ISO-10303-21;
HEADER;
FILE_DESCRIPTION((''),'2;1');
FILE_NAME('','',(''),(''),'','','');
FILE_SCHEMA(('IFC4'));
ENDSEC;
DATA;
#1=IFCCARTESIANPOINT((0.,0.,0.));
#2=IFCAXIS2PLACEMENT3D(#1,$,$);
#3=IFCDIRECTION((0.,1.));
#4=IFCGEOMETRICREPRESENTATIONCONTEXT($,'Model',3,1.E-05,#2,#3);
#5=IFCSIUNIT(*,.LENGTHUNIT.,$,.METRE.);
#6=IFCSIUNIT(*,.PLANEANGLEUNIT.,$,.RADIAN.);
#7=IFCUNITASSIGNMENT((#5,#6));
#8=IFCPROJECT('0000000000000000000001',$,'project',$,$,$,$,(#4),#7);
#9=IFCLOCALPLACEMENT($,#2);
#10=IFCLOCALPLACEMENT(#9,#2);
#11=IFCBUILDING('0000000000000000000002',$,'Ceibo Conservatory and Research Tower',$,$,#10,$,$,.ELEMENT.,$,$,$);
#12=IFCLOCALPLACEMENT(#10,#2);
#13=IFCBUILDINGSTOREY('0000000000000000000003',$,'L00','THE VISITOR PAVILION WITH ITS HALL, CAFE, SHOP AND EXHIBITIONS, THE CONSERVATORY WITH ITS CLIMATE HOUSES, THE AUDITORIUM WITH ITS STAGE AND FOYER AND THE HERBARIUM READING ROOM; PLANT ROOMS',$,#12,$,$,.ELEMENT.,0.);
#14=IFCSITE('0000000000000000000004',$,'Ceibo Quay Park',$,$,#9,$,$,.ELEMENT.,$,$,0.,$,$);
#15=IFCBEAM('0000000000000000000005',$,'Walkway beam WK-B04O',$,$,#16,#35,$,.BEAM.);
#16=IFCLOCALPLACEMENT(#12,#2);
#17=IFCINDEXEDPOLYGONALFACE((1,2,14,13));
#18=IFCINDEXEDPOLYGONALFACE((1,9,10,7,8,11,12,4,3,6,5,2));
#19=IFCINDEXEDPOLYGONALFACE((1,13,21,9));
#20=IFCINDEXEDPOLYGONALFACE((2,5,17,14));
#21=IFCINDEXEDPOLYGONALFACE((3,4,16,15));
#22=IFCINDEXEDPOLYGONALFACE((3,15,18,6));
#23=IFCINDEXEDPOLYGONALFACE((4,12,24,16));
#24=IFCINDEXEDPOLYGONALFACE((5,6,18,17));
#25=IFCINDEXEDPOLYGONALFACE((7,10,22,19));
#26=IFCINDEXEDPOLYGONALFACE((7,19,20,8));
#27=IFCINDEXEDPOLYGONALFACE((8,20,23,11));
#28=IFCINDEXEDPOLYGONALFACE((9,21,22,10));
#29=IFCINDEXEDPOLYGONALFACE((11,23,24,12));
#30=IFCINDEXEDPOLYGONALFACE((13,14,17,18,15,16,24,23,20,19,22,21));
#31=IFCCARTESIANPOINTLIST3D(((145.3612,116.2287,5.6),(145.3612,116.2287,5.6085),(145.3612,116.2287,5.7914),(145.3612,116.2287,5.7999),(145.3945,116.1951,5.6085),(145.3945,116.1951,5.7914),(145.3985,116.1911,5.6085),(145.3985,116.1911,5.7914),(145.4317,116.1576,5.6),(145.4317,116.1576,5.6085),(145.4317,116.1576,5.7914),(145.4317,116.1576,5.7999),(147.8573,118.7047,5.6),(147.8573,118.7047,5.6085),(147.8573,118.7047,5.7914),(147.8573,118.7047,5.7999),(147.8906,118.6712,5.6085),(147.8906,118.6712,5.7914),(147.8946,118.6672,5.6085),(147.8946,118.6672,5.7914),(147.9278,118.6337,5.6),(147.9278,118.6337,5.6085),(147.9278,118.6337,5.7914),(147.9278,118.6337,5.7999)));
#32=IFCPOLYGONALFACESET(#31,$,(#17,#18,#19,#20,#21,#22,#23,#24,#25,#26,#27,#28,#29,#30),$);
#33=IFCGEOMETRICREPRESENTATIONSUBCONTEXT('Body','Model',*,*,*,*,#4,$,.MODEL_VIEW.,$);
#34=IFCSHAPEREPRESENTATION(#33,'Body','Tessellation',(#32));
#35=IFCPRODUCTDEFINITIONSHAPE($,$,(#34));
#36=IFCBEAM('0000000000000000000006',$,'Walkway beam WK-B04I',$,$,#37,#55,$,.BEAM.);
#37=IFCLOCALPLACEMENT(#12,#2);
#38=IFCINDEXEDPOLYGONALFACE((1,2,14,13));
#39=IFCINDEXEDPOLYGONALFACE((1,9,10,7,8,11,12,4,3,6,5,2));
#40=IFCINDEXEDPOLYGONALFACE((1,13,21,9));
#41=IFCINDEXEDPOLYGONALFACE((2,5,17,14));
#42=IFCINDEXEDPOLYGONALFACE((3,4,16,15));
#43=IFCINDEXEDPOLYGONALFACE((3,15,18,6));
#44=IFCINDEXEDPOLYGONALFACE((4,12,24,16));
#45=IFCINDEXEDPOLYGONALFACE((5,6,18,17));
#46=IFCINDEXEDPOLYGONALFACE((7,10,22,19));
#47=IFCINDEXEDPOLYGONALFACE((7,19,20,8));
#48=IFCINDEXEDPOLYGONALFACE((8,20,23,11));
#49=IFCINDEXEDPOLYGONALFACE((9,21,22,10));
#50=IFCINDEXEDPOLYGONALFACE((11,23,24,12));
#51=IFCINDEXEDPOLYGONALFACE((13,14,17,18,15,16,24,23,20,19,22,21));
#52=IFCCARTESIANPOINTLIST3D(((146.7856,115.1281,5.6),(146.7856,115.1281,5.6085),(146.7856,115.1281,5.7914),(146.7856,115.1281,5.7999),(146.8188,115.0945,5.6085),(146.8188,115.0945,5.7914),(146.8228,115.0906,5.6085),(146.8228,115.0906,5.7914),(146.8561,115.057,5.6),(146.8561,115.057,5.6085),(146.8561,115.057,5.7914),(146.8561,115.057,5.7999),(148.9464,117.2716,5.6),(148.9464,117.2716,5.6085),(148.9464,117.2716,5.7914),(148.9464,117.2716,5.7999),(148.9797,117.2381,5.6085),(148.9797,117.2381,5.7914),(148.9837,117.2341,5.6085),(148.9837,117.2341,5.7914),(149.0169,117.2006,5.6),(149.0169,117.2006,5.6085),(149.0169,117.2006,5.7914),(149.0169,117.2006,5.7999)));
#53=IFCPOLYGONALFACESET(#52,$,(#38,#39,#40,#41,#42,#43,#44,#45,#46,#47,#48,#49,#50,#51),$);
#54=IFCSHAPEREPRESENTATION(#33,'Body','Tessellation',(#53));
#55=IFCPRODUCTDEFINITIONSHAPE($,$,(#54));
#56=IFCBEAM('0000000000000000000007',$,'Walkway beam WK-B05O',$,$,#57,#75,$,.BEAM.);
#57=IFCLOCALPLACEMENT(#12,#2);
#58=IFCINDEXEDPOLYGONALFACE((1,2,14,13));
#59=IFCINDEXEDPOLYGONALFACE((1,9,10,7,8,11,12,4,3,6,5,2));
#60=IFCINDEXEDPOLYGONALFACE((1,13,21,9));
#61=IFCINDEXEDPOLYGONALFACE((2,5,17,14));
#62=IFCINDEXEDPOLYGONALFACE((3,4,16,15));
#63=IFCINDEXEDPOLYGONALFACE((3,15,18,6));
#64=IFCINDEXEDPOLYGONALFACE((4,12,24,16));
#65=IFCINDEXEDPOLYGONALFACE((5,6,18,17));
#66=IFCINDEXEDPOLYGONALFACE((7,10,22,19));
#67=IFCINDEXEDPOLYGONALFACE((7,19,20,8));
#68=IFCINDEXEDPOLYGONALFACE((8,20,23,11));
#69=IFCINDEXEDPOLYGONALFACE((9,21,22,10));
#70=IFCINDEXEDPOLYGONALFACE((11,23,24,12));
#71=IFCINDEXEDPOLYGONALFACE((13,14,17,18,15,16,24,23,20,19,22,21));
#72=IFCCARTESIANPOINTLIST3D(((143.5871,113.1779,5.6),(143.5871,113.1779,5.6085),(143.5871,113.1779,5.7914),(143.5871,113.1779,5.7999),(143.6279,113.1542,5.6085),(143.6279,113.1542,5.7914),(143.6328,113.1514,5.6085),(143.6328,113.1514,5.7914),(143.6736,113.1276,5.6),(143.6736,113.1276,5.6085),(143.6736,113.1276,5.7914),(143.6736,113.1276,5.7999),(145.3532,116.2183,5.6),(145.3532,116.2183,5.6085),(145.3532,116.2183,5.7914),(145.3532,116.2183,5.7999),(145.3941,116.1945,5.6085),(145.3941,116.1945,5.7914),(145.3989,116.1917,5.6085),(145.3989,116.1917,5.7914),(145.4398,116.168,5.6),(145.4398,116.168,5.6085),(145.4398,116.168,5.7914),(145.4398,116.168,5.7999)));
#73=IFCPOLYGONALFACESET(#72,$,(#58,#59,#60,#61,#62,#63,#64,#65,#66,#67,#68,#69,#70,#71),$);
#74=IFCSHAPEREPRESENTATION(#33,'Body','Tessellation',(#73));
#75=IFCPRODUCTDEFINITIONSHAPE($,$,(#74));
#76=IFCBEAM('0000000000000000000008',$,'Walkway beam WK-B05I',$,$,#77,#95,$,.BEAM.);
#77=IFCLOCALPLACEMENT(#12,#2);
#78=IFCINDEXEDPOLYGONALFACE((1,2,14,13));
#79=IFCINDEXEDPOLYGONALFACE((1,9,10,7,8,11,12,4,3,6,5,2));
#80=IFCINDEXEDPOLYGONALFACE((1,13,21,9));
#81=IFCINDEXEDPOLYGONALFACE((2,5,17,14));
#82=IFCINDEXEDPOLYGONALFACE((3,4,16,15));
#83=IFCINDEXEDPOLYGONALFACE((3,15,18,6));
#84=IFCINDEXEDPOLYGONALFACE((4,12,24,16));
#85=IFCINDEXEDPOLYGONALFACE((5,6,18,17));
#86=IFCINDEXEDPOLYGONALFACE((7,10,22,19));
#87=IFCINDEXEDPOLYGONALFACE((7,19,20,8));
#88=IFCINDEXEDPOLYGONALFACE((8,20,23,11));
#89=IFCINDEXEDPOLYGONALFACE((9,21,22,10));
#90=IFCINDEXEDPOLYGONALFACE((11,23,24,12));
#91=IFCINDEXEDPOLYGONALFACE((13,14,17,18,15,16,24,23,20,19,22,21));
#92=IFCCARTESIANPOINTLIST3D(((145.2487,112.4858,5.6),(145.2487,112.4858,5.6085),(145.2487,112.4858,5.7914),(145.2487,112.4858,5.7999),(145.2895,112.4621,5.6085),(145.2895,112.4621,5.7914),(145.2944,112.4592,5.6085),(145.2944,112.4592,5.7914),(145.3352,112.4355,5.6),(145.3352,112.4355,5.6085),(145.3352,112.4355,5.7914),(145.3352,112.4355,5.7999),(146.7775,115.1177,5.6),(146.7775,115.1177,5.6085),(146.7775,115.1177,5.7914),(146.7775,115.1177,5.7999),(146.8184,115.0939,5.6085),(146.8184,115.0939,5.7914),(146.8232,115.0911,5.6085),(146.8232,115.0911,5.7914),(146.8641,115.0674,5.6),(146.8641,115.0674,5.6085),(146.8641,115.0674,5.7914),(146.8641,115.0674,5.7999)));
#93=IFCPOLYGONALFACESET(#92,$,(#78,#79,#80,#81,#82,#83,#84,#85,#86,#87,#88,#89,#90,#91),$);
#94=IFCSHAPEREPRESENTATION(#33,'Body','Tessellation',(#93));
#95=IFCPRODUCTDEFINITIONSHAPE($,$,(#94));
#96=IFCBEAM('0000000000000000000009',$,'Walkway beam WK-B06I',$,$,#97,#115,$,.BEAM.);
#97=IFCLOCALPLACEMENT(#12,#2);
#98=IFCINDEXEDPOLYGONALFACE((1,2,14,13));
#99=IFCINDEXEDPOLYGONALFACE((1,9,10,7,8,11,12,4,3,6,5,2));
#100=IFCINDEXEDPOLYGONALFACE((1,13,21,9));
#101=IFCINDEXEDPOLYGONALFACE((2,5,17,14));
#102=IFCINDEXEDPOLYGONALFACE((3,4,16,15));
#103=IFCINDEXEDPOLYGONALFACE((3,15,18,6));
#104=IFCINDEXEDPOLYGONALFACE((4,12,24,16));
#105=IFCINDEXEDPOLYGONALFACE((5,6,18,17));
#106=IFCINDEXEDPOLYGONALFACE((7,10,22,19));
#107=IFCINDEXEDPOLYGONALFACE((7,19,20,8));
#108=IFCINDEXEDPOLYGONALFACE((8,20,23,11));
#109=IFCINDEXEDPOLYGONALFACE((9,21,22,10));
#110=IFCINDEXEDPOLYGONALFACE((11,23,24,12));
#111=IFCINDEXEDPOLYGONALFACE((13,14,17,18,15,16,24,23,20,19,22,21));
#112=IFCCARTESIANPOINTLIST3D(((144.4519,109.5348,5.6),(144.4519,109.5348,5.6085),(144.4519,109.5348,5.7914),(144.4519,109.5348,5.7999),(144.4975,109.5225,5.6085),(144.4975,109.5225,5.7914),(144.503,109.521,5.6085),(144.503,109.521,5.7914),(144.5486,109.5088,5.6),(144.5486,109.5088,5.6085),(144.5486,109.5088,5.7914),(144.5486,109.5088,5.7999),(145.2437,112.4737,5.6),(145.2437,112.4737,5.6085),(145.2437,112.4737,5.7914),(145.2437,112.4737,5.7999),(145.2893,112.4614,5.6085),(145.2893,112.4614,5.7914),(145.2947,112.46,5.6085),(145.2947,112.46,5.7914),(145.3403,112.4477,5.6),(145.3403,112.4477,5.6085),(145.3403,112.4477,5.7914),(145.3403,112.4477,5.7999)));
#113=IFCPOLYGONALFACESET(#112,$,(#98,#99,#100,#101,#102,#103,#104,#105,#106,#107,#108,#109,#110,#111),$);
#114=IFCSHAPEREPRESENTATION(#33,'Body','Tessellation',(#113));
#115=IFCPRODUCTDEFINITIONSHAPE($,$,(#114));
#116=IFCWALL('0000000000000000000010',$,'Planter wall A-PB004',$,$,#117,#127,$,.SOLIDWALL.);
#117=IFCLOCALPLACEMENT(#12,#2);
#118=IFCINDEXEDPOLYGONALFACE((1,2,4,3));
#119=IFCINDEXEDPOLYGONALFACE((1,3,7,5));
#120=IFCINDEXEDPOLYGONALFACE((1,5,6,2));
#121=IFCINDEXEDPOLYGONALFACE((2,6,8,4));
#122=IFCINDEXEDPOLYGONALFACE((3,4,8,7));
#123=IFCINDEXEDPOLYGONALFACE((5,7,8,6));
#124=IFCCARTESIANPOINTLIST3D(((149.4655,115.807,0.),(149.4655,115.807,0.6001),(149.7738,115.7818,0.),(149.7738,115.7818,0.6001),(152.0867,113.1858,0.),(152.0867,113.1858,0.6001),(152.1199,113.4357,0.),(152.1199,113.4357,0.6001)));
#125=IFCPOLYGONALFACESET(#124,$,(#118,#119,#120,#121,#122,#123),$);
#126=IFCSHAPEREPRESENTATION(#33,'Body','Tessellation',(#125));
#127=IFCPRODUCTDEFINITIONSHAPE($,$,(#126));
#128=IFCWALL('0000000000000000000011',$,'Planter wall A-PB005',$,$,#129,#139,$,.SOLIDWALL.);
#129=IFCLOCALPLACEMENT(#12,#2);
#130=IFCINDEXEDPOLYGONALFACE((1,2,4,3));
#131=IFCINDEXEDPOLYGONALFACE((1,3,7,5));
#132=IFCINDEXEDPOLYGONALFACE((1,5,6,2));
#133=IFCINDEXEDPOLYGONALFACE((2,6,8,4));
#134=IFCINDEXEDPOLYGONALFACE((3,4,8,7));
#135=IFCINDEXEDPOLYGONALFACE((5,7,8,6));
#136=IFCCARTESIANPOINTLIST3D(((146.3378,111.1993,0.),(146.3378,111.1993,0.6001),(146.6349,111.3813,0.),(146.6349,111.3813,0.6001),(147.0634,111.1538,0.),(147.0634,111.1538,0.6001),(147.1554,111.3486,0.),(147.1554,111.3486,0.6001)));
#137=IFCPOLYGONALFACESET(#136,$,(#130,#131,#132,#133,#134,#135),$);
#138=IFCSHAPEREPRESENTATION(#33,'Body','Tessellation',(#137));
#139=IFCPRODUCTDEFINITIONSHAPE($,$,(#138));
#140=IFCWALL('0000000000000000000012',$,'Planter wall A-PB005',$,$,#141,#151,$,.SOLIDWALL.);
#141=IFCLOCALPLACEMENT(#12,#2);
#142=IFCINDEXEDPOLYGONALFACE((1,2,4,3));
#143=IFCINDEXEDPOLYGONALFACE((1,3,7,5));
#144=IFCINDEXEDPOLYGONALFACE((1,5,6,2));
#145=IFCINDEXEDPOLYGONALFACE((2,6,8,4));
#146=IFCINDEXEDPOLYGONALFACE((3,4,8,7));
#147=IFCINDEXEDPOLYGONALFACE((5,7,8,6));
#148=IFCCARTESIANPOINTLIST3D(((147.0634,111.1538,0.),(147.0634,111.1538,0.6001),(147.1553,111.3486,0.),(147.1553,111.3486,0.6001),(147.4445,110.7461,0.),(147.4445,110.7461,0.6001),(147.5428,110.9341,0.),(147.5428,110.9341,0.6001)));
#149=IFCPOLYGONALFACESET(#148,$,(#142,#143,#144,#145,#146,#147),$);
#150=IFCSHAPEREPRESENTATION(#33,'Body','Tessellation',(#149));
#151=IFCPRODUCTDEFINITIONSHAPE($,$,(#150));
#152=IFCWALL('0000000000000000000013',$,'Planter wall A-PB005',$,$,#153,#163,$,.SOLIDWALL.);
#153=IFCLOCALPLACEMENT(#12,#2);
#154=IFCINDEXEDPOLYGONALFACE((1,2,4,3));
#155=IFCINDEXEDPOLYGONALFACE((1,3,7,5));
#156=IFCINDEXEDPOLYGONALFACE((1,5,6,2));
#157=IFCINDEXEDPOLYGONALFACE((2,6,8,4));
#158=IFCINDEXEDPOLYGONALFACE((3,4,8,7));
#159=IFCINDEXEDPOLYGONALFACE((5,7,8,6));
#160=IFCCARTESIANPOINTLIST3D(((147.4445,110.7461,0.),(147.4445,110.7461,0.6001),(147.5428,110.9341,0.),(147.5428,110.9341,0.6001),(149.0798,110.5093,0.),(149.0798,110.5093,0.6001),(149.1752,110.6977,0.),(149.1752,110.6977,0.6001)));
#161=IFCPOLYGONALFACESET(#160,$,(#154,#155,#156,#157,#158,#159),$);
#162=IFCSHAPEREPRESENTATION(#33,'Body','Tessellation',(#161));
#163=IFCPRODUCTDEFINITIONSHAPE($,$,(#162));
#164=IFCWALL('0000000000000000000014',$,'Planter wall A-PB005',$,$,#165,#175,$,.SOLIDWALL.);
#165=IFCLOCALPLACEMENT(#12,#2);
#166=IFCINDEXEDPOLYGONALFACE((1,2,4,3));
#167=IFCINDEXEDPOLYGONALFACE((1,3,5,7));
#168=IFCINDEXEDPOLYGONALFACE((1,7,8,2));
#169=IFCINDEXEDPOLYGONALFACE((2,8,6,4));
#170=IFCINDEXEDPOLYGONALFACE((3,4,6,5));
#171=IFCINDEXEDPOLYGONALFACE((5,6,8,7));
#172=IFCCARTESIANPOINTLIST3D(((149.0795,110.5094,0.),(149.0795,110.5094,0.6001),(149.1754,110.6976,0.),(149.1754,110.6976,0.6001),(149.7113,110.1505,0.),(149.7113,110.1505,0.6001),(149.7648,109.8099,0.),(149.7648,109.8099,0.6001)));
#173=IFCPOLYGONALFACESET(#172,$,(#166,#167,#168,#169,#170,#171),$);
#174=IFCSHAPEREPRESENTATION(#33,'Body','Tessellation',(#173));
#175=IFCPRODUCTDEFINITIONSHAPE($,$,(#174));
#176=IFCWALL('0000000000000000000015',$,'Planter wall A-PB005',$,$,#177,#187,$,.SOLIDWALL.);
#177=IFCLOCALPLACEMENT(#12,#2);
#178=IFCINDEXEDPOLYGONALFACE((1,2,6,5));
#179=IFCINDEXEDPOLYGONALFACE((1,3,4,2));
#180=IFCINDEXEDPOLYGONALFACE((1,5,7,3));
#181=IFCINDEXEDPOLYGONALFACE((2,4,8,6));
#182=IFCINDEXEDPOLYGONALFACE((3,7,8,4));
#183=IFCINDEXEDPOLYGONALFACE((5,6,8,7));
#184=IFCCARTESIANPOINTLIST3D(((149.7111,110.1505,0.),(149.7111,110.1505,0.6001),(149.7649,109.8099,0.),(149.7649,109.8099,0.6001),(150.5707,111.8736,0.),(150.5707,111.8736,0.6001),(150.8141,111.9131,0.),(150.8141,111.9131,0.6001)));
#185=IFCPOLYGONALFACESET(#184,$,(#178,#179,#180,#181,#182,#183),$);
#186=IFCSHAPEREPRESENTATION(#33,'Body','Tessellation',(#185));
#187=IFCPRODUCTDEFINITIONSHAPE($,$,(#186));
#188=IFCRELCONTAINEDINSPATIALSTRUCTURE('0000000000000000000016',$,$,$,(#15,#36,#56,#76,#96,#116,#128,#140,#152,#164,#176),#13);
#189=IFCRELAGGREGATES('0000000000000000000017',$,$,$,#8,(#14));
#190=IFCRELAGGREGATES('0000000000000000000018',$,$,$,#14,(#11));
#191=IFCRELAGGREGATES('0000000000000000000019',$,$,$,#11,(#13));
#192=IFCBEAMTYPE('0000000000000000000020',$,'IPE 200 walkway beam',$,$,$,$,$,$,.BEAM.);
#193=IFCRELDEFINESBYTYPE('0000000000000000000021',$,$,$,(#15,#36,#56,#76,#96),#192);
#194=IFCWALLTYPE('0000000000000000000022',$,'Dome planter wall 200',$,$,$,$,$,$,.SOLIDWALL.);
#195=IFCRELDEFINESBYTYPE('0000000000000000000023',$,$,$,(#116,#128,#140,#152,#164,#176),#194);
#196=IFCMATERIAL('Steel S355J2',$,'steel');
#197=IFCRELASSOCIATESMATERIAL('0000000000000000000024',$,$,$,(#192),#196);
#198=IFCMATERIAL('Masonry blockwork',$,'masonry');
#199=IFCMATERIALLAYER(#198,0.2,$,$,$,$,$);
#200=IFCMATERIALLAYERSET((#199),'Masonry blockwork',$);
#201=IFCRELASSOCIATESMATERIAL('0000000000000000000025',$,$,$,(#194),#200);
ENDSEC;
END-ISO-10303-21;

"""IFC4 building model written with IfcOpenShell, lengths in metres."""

from ifc_helpers import new_model, si_unit, direction, frame, origin, origin_2d, place, context, subcontext, project, spatial, polyline, i_section, outline, extrude, material, layer, layer_set, material_profile, profile_set, type_object, element, save


model = new_model("IFC4")

# Units and contexts
model_context = context("Model", 3, precision=1e-05, world=origin(), true_north=direction((0.0, 1.0)))
body_context = subcontext(model_context, "Body", "Model", "MODEL_VIEW")
ifc_project = project(units=[si_unit("LENGTHUNIT", "METRE"), si_unit("PLANEANGLEUNIT", "RADIAN")], contexts=[model_context])

# Site, building, storey
site_placement = place(None, origin())
site = spatial("IfcSite", under=ifc_project, at=site_placement, Name="Ceibo Quay Park", CompositionType="ELEMENT", RefElevation=0.0)
building_placement = place(site_placement, origin())
building = spatial("IfcBuilding", under=site, at=building_placement, Name="Ceibo Conservatory and Research Tower", CompositionType="ELEMENT")
storey_placement = place(building_placement, origin())
storey = spatial("IfcBuildingStorey", under=building, at=storey_placement, Name="L00", Description="THE VISITOR PAVILION WITH ITS HALL, CAFE, SHOP AND EXHIBITIONS, THE CONSERVATORY WITH ITS CLIMATE HOUSES, THE AUDITORIUM WITH ITS STAGE AND FOYER AND THE HERBARIUM READING ROOM; PLANT ROOMS", CompositionType="ELEMENT", Elevation=0.0)

# Beams
ifc_material_1 = material(Name="Steel S355J2", Category="steel")
ifc_material_profile_1 = material_profile(ifc_material_1, i_section(OverallWidth=0.1001, OverallDepth=0.2, WebThickness=0.0056, FlangeThickness=0.0085, at=origin_2d()), Name="IPE 200")
ifc_profile_set_1 = profile_set([ifc_material_profile_1], Name="Steel S355J2")
beam_type = type_object("IfcBeamType", Name="IPE 200 walkway beam", PredefinedType="BEAM", material=ifc_profile_set_1)
beam_1_placement = place(storey_placement, frame((147.8926, 118.6692, 5.7), z_axis=(-0.709948, -0.704254, 0.0), x_axis=(0.704254, -0.709948, 0.0)))
element("IfcBeam", 1, at=beam_1_placement, inside=storey, type_object=beam_type, Name="Walkway beam WK-B04O", PredefinedType="BEAM", context=body_context, shape_type="SweptSolid", body=[
    extrude(i_section(OverallWidth=0.1001, OverallDepth=0.2, WebThickness=0.0056, FlangeThickness=0.0085, at=origin_2d()), origin(), (0.0, 0.0, 1.0), 3.5159),
])
beam_2_placement = place(storey_placement, frame((148.9817, 117.2361, 5.7), z_axis=(-0.709949, -0.704254, 0.0), x_axis=(0.704254, -0.709949, 0.0)))
element("IfcBeam", 2, at=beam_2_placement, inside=storey, type_object=beam_type, Name="Walkway beam WK-B04I", PredefinedType="BEAM", context=body_context, shape_type="SweptSolid", body=[
    extrude(i_section(OverallWidth=0.1001, OverallDepth=0.2, WebThickness=0.0056, FlangeThickness=0.0085, at=origin_2d()), origin(), (0.0, 0.0, 1.0), 3.0437),
])
beam_3_placement = place(storey_placement, frame((145.3965, 116.1931, 5.7), z_axis=(-0.502303, -0.864692, 0.0), x_axis=(0.864692, -0.502303, 0.0)))
element("IfcBeam", 3, at=beam_3_placement, inside=storey, type_object=beam_type, Name="Walkway beam WK-B05O", PredefinedType="BEAM", context=body_context, shape_type="SweptSolid", body=[
    extrude(i_section(OverallWidth=0.1001, OverallDepth=0.2, WebThickness=0.0056, FlangeThickness=0.0085, at=origin_2d()), origin(), (0.0, 0.0, 1.0), 3.5161),
])
for number, where, z_axis, x_axis, name in (
    (4, (146.8208, 115.0925, 5.7), (-0.502294, -0.864697, 0.0), (0.864697, -0.502294, 0.0), "Walkway beam WK-B05I"),
    (5, (145.292, 112.4607, 5.7), (-0.260123, -0.965575, 0.0), (0.965575, -0.260123, 0.0), "Walkway beam WK-B06I"),
):
    element("IfcBeam", number, at=place(storey_placement, frame(where, z_axis=z_axis, x_axis=x_axis)), inside=storey, type_object=beam_type, Name=name, PredefinedType="BEAM", context=body_context, shape_type="SweptSolid", body=[
        extrude(i_section(OverallWidth=0.1001, OverallDepth=0.2, WebThickness=0.0056, FlangeThickness=0.0085, at=origin_2d()), origin(), (0.0, 0.0, 1.0), 3.0437),
    ])

# Walls
ifc_material_2 = material(Name="Masonry blockwork", Category="masonry")
ifc_layer_1 = layer(ifc_material_2, 0.2)
ifc_layer_set_1 = layer_set([ifc_layer_1], Name="Masonry blockwork")
wall_type_1 = type_object("IfcWallType", Name="Dome planter wall 200", PredefinedType="SOLIDWALL", material=ifc_layer_set_1)
wall_1_placement = place(storey_placement, frame((149.6196, 115.7944, 0.0), z_axis=(0.0, 0.0, 1.0), x_axis=(0.707107, -0.707107, 0.0)))
element("IfcWall", 6, at=wall_1_placement, inside=storey, type_object=wall_type_1, Name="Planter wall A-PB004", PredefinedType="SOLIDWALL", context=body_context, shape_type="SweptSolid", body=[
    extrude(outline(polyline([(-0.1179, -0.1001), (3.5891, -0.1001), (3.4358, 0.1001), (0.1179, 0.1001), (-0.1179, -0.1001)])), origin(), (0.0, 0.0, 1.0), 0.6001),
])
wall_2_placement = place(storey_placement, frame((146.4863, 111.2903, 0.0), z_axis=(0.0, 0.0, 1.0), x_axis=(0.99804, -0.062573, 0.0)))
element("IfcWall", 7, at=wall_2_placement, inside=storey, type_object=wall_type_1, Name="Planter wall A-PB005", PredefinedType="SOLIDWALL", context=body_context, shape_type="SweptSolid", body=[
    extrude(outline(polyline([(-0.1426, -0.1001), (0.5845, -0.1001), (0.6641, 0.1001), (0.1426, 0.1001), (-0.1426, -0.1001)])), origin(), (0.0, 0.0, 1.0), 0.6001),
])
wall_3_placement = place(storey_placement, frame((147.1094, 111.2512, 0.0), z_axis=(0.0, 0.0, 1.0), x_axis=(0.682844, -0.730565, 0.0)))
element("IfcWall", 8, at=wall_3_placement, inside=storey, type_object=wall_type_1, Name="Planter wall A-PB005", PredefinedType="SOLIDWALL", context=body_context, shape_type="SweptSolid", body=[
    extrude(outline(polyline([(0.0398, -0.1001), (0.5979, -0.1001), (0.5276, 0.1001), (-0.0398, 0.1001), (0.0398, -0.1001)])), origin(), (0.0, 0.0, 1.0), 0.6001),
])
wall_4_placement = place(storey_placement, frame((147.4937, 110.8401, 0.0), z_axis=(0.0, 0.0, 1.0), x_axis=(0.989679, -0.143305, 0.0)))
element("IfcWall", 9, at=wall_4_placement, inside=storey, type_object=wall_type_1, Name="Planter wall A-PB005", PredefinedType="SOLIDWALL", context=body_context, shape_type="SweptSolid", body=[
    extrude(outline(polyline([(-0.0352, -0.1001), (1.6172, -0.1001), (1.6846, 0.1001), (0.0352, 0.1001), (-0.0352, -0.1001)])), origin(), (0.0, 0.0, 1.0), 0.6001),
])
wall_5_placement = place(storey_placement, frame((149.1274, 110.6035, 0.0), z_axis=(0.0, 0.0, 1.0), x_axis=(0.699794, -0.714344, 0.0)))
element("IfcWall", 10, at=wall_5_placement, inside=storey, type_object=wall_type_1, Name="Planter wall A-PB005", PredefinedType="SOLIDWALL", context=body_context, shape_type="SweptSolid", body=[
    extrude(outline(polyline([(0.0337, -0.1001), (1.0129, -0.1001), (0.7322, 0.1001), (-0.0337, 0.1001), (0.0337, -0.1001)])), origin(), (0.0, 0.0, 1.0), 0.6001),
])
wall_6_placement = place(storey_placement, frame((149.738, 109.9802, 0.0), z_axis=(0.0, 0.0, 1.0), x_axis=(0.446391, 0.894838, 0.0)))
element("IfcWall", 11, at=wall_6_placement, inside=storey, type_object=wall_type_1, Name="Planter wall A-PB005", PredefinedType="SOLIDWALL", context=body_context, shape_type="SweptSolid", body=[
    extrude(outline(polyline([(-0.1404, -0.1001), (2.21, -0.1001), (2.0659, 0.1001), (0.1404, 0.1001), (-0.1404, -0.1001)])), origin(), (0.0, 0.0, 1.0), 0.6001),
])

save(model, "model.ifc")
